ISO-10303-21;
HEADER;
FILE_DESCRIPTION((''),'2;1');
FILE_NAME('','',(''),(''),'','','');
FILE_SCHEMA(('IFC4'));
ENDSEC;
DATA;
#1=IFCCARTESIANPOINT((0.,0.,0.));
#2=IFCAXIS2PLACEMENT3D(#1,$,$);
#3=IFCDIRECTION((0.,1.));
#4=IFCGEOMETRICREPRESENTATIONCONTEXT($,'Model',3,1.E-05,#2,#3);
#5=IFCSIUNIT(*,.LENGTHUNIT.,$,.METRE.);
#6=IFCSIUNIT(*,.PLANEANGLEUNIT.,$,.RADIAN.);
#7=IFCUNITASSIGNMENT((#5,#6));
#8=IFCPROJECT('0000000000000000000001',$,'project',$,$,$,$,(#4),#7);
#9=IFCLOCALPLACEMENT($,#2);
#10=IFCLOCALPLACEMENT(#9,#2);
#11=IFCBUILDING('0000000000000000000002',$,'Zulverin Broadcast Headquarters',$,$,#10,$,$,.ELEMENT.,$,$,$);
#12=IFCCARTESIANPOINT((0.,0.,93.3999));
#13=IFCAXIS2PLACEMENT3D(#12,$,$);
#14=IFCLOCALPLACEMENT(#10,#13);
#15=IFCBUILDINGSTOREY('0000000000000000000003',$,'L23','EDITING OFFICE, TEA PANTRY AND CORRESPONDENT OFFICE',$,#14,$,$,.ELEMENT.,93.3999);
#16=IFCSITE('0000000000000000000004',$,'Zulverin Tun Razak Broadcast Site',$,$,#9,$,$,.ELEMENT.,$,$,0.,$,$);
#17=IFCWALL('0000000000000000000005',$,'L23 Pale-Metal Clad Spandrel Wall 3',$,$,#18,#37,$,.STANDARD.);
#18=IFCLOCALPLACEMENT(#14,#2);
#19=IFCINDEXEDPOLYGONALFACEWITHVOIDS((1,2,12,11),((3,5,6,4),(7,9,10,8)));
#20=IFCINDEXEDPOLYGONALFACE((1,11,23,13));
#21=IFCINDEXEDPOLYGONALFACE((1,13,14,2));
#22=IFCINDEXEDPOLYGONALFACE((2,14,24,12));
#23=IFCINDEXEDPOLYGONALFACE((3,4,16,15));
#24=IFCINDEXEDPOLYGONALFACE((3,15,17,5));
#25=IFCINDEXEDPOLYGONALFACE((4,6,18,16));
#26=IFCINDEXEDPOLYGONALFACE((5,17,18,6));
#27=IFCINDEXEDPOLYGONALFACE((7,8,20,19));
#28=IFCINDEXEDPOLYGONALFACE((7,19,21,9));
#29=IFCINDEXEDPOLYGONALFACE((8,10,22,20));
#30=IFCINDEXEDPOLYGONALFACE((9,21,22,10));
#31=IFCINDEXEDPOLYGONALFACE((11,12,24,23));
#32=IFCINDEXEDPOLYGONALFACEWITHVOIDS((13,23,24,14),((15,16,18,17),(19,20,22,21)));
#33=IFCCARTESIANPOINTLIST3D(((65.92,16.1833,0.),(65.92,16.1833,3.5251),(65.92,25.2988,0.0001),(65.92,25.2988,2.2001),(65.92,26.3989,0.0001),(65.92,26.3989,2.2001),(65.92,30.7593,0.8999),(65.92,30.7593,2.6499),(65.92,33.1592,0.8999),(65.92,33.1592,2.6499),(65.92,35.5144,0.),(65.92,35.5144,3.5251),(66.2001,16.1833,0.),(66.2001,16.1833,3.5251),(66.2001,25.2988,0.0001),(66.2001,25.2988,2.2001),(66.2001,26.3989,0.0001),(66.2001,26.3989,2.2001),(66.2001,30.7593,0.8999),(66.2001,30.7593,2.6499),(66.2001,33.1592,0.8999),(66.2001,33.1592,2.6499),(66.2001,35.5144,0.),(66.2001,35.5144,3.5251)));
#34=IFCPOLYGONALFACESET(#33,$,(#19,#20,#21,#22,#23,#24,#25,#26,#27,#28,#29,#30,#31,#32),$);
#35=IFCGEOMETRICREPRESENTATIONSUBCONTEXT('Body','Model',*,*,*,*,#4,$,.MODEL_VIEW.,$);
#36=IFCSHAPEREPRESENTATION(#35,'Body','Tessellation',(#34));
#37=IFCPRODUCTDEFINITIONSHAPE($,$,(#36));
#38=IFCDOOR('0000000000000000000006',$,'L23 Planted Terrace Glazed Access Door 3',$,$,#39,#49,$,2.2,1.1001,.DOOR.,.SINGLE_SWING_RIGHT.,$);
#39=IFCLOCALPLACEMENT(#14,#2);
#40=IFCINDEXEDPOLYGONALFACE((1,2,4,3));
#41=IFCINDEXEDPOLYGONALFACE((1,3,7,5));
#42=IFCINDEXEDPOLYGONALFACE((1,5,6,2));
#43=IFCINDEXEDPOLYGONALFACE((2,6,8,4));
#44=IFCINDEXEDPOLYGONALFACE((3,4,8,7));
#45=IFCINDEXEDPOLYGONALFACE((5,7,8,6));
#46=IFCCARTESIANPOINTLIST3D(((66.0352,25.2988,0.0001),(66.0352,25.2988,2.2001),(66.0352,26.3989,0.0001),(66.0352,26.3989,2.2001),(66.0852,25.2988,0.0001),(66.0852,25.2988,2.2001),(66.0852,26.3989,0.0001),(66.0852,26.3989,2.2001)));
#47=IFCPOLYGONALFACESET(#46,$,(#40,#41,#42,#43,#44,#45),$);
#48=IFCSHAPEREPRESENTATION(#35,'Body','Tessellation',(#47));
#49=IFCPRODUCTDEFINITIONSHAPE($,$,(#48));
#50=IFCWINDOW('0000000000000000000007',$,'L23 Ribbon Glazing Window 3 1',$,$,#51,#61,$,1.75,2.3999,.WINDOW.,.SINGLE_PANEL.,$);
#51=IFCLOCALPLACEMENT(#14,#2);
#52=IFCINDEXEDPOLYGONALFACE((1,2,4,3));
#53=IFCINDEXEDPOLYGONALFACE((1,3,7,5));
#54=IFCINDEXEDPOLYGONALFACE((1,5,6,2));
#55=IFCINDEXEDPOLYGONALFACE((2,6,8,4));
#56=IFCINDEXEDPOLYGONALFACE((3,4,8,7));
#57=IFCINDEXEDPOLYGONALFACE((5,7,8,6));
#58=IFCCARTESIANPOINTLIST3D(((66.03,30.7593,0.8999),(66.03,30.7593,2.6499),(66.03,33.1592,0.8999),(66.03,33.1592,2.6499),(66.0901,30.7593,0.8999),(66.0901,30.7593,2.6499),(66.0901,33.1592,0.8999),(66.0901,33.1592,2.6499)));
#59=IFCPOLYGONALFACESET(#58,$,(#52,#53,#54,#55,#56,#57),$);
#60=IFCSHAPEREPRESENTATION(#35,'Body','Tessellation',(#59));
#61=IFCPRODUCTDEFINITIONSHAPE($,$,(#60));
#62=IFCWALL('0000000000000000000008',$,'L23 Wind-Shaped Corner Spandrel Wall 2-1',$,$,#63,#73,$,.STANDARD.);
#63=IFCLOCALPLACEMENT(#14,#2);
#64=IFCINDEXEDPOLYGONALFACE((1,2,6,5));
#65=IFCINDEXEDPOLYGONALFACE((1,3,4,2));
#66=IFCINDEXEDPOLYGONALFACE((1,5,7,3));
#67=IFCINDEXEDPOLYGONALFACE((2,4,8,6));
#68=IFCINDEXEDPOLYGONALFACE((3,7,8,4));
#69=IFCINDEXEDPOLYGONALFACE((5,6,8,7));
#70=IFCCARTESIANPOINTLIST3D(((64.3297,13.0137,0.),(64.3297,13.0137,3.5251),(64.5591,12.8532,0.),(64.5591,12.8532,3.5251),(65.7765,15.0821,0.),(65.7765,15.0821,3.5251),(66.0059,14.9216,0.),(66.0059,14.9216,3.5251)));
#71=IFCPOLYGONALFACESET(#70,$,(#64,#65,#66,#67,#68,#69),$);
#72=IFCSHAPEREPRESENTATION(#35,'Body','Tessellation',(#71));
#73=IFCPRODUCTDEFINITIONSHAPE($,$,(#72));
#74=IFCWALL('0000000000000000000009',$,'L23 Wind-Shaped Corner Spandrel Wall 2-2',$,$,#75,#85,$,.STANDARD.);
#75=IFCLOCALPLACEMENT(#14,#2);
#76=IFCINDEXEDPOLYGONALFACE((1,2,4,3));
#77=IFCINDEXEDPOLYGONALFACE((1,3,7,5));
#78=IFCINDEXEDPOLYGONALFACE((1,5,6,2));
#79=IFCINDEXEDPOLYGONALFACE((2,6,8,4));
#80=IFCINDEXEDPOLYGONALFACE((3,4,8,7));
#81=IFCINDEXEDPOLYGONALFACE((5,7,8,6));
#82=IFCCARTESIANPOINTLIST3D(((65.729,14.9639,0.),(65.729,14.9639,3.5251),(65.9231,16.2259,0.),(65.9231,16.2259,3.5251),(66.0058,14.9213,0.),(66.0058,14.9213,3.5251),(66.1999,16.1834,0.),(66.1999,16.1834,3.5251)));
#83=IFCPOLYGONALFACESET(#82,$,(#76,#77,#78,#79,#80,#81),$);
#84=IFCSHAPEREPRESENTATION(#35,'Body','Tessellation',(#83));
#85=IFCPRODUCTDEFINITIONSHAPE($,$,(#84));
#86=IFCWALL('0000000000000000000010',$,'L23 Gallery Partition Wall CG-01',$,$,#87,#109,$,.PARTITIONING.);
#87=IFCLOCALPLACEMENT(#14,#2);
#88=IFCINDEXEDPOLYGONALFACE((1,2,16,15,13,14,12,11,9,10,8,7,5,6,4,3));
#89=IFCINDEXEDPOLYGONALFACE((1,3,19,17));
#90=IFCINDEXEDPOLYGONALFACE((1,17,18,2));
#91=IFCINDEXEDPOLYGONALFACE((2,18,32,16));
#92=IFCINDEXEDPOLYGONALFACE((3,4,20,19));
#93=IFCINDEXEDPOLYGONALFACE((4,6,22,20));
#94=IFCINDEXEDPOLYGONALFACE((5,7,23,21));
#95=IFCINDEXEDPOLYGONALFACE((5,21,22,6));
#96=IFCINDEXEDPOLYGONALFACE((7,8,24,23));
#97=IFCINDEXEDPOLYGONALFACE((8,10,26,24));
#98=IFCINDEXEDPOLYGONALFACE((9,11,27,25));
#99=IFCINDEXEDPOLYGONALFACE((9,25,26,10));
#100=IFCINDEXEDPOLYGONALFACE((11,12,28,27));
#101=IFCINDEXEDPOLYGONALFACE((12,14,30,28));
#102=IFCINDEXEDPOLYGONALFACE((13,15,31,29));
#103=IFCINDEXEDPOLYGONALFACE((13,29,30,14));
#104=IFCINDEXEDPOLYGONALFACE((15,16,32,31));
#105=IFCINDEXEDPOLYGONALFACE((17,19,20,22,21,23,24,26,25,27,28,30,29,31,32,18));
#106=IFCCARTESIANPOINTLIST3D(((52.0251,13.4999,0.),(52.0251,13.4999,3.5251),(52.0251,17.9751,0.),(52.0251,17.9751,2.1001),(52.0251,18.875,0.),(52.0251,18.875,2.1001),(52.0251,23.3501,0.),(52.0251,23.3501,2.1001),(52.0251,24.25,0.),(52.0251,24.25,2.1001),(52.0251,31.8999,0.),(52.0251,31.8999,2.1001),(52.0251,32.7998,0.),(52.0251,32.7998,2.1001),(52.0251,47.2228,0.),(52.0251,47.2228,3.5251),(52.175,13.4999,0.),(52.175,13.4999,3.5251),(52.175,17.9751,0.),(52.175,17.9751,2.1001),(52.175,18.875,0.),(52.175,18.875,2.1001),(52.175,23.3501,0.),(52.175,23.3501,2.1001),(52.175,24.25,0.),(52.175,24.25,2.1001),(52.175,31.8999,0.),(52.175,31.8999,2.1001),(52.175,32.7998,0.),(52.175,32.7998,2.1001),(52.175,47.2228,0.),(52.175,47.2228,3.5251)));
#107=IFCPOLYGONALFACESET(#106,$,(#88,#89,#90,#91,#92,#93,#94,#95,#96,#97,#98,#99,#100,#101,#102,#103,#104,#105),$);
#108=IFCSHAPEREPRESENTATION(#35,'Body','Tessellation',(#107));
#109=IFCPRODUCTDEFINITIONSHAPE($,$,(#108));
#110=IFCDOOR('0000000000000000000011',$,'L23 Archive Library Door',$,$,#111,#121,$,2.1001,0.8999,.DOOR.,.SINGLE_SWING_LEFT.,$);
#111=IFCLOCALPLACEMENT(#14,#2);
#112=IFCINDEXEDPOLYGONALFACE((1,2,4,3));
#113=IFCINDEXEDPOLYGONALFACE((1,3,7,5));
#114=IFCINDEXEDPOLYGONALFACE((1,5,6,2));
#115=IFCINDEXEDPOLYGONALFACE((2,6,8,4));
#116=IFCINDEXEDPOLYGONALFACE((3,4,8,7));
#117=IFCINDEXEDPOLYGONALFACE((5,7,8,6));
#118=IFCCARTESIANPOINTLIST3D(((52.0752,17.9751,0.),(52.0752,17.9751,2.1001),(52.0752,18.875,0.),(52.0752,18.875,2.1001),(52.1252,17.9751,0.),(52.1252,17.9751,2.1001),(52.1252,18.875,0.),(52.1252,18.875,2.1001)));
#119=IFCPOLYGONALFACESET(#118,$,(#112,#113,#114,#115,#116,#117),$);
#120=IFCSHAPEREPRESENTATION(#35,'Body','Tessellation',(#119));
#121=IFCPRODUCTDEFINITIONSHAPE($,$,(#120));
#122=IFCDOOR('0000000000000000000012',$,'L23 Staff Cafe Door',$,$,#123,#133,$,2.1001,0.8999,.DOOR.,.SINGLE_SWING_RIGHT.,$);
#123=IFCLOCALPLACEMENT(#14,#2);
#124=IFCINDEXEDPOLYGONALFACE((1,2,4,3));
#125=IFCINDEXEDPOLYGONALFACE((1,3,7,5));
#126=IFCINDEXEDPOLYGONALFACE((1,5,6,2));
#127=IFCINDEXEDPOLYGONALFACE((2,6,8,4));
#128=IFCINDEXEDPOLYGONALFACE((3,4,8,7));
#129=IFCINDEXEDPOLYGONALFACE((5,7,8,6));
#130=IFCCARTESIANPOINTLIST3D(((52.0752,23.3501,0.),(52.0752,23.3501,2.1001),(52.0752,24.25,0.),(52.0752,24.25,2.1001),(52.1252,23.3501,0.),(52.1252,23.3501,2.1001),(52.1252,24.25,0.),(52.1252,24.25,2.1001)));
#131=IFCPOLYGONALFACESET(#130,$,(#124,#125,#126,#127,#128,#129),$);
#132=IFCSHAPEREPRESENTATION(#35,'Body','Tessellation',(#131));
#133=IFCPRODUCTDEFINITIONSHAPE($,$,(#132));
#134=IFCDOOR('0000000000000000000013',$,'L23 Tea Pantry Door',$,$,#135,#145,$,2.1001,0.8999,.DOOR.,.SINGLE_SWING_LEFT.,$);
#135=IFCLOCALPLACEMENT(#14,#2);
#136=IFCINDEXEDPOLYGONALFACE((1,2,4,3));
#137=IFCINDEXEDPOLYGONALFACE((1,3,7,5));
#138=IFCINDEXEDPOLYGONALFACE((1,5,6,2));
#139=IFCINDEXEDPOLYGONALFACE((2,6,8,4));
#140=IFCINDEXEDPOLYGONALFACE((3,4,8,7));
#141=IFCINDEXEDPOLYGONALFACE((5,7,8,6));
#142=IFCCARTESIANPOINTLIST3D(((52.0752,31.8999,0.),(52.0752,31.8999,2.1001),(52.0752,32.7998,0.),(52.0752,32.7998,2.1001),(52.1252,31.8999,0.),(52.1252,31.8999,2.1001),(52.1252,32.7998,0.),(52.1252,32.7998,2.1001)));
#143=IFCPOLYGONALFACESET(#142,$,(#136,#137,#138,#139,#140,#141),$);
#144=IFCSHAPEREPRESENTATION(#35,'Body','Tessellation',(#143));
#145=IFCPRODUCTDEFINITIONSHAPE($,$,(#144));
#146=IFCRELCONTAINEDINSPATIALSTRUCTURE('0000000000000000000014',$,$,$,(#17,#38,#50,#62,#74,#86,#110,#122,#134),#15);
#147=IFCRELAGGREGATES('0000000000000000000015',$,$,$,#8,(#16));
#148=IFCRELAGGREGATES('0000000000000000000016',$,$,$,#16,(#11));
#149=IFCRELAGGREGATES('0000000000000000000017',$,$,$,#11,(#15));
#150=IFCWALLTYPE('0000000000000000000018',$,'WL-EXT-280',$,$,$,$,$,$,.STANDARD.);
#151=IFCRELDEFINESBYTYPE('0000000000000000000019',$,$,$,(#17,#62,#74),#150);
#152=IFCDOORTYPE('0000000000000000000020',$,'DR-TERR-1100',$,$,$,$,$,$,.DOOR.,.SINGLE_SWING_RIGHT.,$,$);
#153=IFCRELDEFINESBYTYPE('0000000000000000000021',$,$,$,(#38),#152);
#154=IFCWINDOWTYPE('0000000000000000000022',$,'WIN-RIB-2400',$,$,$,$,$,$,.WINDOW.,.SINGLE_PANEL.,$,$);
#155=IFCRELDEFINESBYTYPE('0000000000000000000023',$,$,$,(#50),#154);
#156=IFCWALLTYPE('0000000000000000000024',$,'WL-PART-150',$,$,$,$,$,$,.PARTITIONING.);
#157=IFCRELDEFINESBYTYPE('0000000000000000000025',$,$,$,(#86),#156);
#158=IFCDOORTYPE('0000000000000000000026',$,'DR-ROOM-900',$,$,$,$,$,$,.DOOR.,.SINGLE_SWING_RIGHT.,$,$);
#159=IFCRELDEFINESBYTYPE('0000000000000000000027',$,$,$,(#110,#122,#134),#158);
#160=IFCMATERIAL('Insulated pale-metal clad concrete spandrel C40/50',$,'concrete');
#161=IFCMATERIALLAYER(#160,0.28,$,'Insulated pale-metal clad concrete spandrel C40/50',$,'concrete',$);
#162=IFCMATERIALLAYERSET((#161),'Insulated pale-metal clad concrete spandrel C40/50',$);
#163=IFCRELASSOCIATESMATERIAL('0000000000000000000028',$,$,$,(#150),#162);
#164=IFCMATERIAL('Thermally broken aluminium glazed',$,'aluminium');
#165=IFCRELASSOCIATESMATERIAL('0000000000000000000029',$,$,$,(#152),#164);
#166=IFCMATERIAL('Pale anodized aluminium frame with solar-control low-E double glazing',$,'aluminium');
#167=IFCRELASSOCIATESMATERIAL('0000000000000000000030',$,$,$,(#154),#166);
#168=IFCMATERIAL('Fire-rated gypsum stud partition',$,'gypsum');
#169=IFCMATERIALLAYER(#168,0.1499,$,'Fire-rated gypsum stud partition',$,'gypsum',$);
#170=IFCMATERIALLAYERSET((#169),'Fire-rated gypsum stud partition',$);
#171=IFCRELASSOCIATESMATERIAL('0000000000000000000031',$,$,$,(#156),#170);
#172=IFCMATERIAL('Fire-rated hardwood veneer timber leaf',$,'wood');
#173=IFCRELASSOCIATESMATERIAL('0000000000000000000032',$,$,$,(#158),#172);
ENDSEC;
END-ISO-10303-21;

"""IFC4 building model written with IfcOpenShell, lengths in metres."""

from ifc_helpers import new_model, si_unit, direction, frame, frame_2d, origin, place, context, subcontext, project, spatial, rectangle, extrude, material, layer, layer_set, type_object, element, fill, save


model = new_model("IFC4")

# Units and contexts
model_context = context("Model", 3, precision=1e-05, world=origin(), true_north=direction((0.0, 1.0)))
body_context = subcontext(model_context, "Body", "Model", "MODEL_VIEW")
ifc_project = project(units=[si_unit("LENGTHUNIT", "METRE"), si_unit("PLANEANGLEUNIT", "RADIAN")], contexts=[model_context])

# Site, building, storey
site_placement = place(None, origin())
site = spatial("IfcSite", under=ifc_project, at=site_placement, Name="Zulverin Tun Razak Broadcast Site", CompositionType="ELEMENT", RefElevation=0.0)
building_placement = place(site_placement, origin())
building = spatial("IfcBuilding", under=site, at=building_placement, Name="Zulverin Broadcast Headquarters", CompositionType="ELEMENT")
storey_placement = place(building_placement, frame((0.0, 0.0, 93.3999)))
storey = spatial("IfcBuildingStorey", under=building, at=storey_placement, Name="L23", Description="EDITING OFFICE, TEA PANTRY AND CORRESPONDENT OFFICE", CompositionType="ELEMENT", Elevation=93.3999)

# Wall, openings, door, window
ifc_material_1 = material(Name="Insulated pale-metal clad concrete spandrel C40/50", Category="concrete")
ifc_layer_1 = layer(ifc_material_1, 0.28, Name="Insulated pale-metal clad concrete spandrel C40/50", Category="concrete")
ifc_layer_set_1 = layer_set([ifc_layer_1], Name="Insulated pale-metal clad concrete spandrel C40/50")
wall_type_1 = type_object("IfcWallType", Name="WL-EXT-280", PredefinedType="STANDARD", material=ifc_layer_set_1)
wall_1_placement = place(storey_placement, frame((66.0601, 16.1833, 0.0), z_axis=(0.0, 0.0, 1.0), x_axis=(0.0, 1.0, 0.0)))
wall_1 = element("IfcWall", 1, at=wall_1_placement, inside=storey, type_object=wall_type_1, Name="L23 Pale-Metal Clad Spandrel Wall 3", PredefinedType="STANDARD", context=body_context, shape_type="SweptSolid", body=[
    extrude(rectangle(XDim=19.3311, YDim=0.28, at=frame_2d((9.6655, 0.0))), origin(), (0.0, 0.0, 1.0), 3.5251),
])
opening_1_placement = place(wall_1_placement, frame((9.1155, 0.0, 0.0)))
opening_1 = element("IfcOpeningElement", 2, at=opening_1_placement, cuts=wall_1, PredefinedType="OPENING", context=body_context, shape_type="SweptSolid", body=[
    extrude(rectangle(XDim=1.1001, YDim=2.2, at=frame_2d((0.55, 1.1001))), frame((0.0, 0.1499, 0.0), z_axis=(0.0, -1.0, 0.0), x_axis=(1.0, 0.0, 0.0)), (0.0, 0.0, 1.0), 0.3),
])
opening_2_placement = place(wall_1_placement, frame((14.5759, 0.0, 0.8999)))
opening_2 = element("IfcOpeningElement", 3, at=opening_2_placement, cuts=wall_1, PredefinedType="OPENING", context=body_context, shape_type="SweptSolid", body=[
    extrude(rectangle(XDim=2.3999, YDim=1.75, at=frame_2d((1.2, 0.875))), frame((0.0, 0.1499, 0.0), z_axis=(0.0, -1.0, 0.0), x_axis=(1.0, 0.0, 0.0)), (0.0, 0.0, 1.0), 0.3),
])
ifc_material_2 = material(Name="Thermally broken aluminium glazed", Category="aluminium")
door_type_1 = type_object("IfcDoorType", Name="DR-TERR-1100", OperationType="SINGLE_SWING_RIGHT", PredefinedType="DOOR", material=ifc_material_2)
door_1_placement = place(opening_1_placement, origin())
door_1 = element("IfcDoor", 4, at=door_1_placement, inside=storey, type_object=door_type_1, Name="L23 Planted Terrace Glazed Access Door 3", OperationType="SINGLE_SWING_RIGHT", OverallHeight=2.2, OverallWidth=1.1001, PredefinedType="DOOR", context=body_context, shape_type="SweptSolid", body=[
    extrude(rectangle(XDim=1.1001, YDim=2.2, at=frame_2d((0.55, 1.1001))), frame((0.0, 0.0249, 0.0), z_axis=(0.0, -1.0, 0.0), x_axis=(1.0, 0.0, 0.0)), (0.0, 0.0, 1.0), 0.05),
])
fill(opening_1, door_1)
ifc_material_3 = material(Name="Pale anodized aluminium frame with solar-control low-E double glazing", Category="aluminium")
window_type = type_object("IfcWindowType", Name="WIN-RIB-2400", PartitioningType="SINGLE_PANEL", PredefinedType="WINDOW", material=ifc_material_3)
window_placement = place(opening_2_placement, origin())
window = element("IfcWindow", 5, at=window_placement, inside=storey, type_object=window_type, Name="L23 Ribbon Glazing Window 3 1", OverallHeight=1.75, OverallWidth=2.3999, PartitioningType="SINGLE_PANEL", PredefinedType="WINDOW", context=body_context, shape_type="SweptSolid", body=[
    extrude(rectangle(XDim=2.3999, YDim=1.75, at=frame_2d((1.2, 0.875))), frame((0.0, 0.03, 0.0), z_axis=(0.0, -1.0, 0.0), x_axis=(1.0, 0.0, 0.0)), (0.0, 0.0, 1.0), 0.0601),
])
fill(opening_2, window)

# Walls
wall_2_placement = place(storey_placement, frame((64.4443, 12.9333, 0.0), z_axis=(0.0, 0.0, 1.0), x_axis=(0.573177, 0.819432, 0.0)))
element("IfcWall", 6, at=wall_2_placement, inside=storey, type_object=wall_type_1, Name="L23 Wind-Shaped Corner Spandrel Wall 2-1", PredefinedType="STANDARD", context=body_context, shape_type="SweptSolid", body=[
    extrude(rectangle(XDim=2.5242, YDim=0.28, at=frame_2d((1.2622, 0.0))), origin(), (0.0, 0.0, 1.0), 3.5251),
])
wall_3_placement = place(storey_placement, frame((65.8674, 14.9426, 0.0), z_axis=(0.0, 0.0, 1.0), x_axis=(0.152014, 0.988378, 0.0)))
element("IfcWall", 7, at=wall_3_placement, inside=storey, type_object=wall_type_1, Name="L23 Wind-Shaped Corner Spandrel Wall 2-2", PredefinedType="STANDARD", context=body_context, shape_type="SweptSolid", body=[
    extrude(rectangle(XDim=1.2769, YDim=0.28, at=frame_2d((0.6384, 0.0))), origin(), (0.0, 0.0, 1.0), 3.5251),
])

# Wall, openings, doors
ifc_material_4 = material(Name="Fire-rated gypsum stud partition", Category="gypsum")
ifc_layer_2 = layer(ifc_material_4, 0.1499, Name="Fire-rated gypsum stud partition", Category="gypsum")
ifc_layer_set_2 = layer_set([ifc_layer_2], Name="Fire-rated gypsum stud partition")
wall_type_2 = type_object("IfcWallType", Name="WL-PART-150", PredefinedType="PARTITIONING", material=ifc_layer_set_2)
wall_4_placement = place(storey_placement, frame((52.1001, 13.5, 0.0), z_axis=(0.0, 0.0, 1.0), x_axis=(0.0, 1.0, 0.0)))
wall_4 = element("IfcWall", 8, at=wall_4_placement, inside=storey, type_object=wall_type_2, Name="L23 Gallery Partition Wall CG-01", PredefinedType="PARTITIONING", context=body_context, shape_type="SweptSolid", body=[
    extrude(rectangle(XDim=33.7229, YDim=0.1499, at=frame_2d((16.8613, 0.0))), origin(), (0.0, 0.0, 1.0), 3.5251),
])
opening_3_placement = place(wall_4_placement, frame((4.4751, 0.0, 0.0)))
opening_3 = element("IfcOpeningElement", 9, at=opening_3_placement, cuts=wall_4, PredefinedType="OPENING", context=body_context, shape_type="SweptSolid", body=[
    extrude(rectangle(XDim=0.8999, YDim=2.1001, at=frame_2d((0.45, 1.05))), frame((0.0, 0.085, 0.0), z_axis=(0.0, -1.0, 0.0), x_axis=(1.0, 0.0, 0.0)), (0.0, 0.0, 1.0), 0.1699),
])
opening_4_placement = place(wall_4_placement, frame((9.8501, 0.0, 0.0)))
opening_4 = element("IfcOpeningElement", 10, at=opening_4_placement, cuts=wall_4, PredefinedType="OPENING", context=body_context, shape_type="SweptSolid", body=[
    extrude(rectangle(XDim=0.8999, YDim=2.1001, at=frame_2d((0.45, 1.05))), frame((0.0, 0.085, 0.0), z_axis=(0.0, -1.0, 0.0), x_axis=(1.0, 0.0, 0.0)), (0.0, 0.0, 1.0), 0.1699),
])
opening_5_placement = place(wall_4_placement, frame((18.3999, 0.0, 0.0)))
opening_5 = element("IfcOpeningElement", 11, at=opening_5_placement, cuts=wall_4, PredefinedType="OPENING", context=body_context, shape_type="SweptSolid", body=[
    extrude(rectangle(XDim=0.8999, YDim=2.1001, at=frame_2d((0.45, 1.05))), frame((0.0, 0.085, 0.0), z_axis=(0.0, -1.0, 0.0), x_axis=(1.0, 0.0, 0.0)), (0.0, 0.0, 1.0), 0.1699),
])
ifc_material_5 = material(Name="Fire-rated hardwood veneer timber leaf", Category="wood")
door_type_2 = type_object("IfcDoorType", Name="DR-ROOM-900", OperationType="SINGLE_SWING_RIGHT", PredefinedType="DOOR", material=ifc_material_5)
door_2_placement = place(opening_3_placement, origin())
door_2 = element("IfcDoor", 12, at=door_2_placement, inside=storey, type_object=door_type_2, Name="L23 Archive Library Door", OperationType="SINGLE_SWING_LEFT", OverallHeight=2.1001, OverallWidth=0.8999, PredefinedType="DOOR", context=body_context, shape_type="SweptSolid", body=[
    extrude(rectangle(XDim=0.8999, YDim=2.1001, at=frame_2d((0.45, 1.05))), frame((0.0, 0.0249, 0.0), z_axis=(0.0, -1.0, 0.0), x_axis=(1.0, 0.0, 0.0)), (0.0, 0.0, 1.0), 0.05),
])
fill(opening_3, door_2)
door_3_placement = place(opening_4_placement, origin())
door_3 = element("IfcDoor", 13, at=door_3_placement, inside=storey, type_object=door_type_2, Name="L23 Staff Cafe Door", OperationType="SINGLE_SWING_RIGHT", OverallHeight=2.1001, OverallWidth=0.8999, PredefinedType="DOOR", context=body_context, shape_type="SweptSolid", body=[
    extrude(rectangle(XDim=0.8999, YDim=2.1001, at=frame_2d((0.45, 1.05))), frame((0.0, 0.0249, 0.0), z_axis=(0.0, -1.0, 0.0), x_axis=(1.0, 0.0, 0.0)), (0.0, 0.0, 1.0), 0.05),
])
fill(opening_4, door_3)
door_4_placement = place(opening_5_placement, origin())
door_4 = element("IfcDoor", 14, at=door_4_placement, inside=storey, type_object=door_type_2, Name="L23 Tea Pantry Door", OperationType="SINGLE_SWING_LEFT", OverallHeight=2.1001, OverallWidth=0.8999, PredefinedType="DOOR", context=body_context, shape_type="SweptSolid", body=[
    extrude(rectangle(XDim=0.8999, YDim=2.1001, at=frame_2d((0.45, 1.05))), frame((0.0, 0.0249, 0.0), z_axis=(0.0, -1.0, 0.0), x_axis=(1.0, 0.0, 0.0)), (0.0, 0.0, 1.0), 0.05),
])
fill(opening_5, door_4)

save(model, "model.ifc")
